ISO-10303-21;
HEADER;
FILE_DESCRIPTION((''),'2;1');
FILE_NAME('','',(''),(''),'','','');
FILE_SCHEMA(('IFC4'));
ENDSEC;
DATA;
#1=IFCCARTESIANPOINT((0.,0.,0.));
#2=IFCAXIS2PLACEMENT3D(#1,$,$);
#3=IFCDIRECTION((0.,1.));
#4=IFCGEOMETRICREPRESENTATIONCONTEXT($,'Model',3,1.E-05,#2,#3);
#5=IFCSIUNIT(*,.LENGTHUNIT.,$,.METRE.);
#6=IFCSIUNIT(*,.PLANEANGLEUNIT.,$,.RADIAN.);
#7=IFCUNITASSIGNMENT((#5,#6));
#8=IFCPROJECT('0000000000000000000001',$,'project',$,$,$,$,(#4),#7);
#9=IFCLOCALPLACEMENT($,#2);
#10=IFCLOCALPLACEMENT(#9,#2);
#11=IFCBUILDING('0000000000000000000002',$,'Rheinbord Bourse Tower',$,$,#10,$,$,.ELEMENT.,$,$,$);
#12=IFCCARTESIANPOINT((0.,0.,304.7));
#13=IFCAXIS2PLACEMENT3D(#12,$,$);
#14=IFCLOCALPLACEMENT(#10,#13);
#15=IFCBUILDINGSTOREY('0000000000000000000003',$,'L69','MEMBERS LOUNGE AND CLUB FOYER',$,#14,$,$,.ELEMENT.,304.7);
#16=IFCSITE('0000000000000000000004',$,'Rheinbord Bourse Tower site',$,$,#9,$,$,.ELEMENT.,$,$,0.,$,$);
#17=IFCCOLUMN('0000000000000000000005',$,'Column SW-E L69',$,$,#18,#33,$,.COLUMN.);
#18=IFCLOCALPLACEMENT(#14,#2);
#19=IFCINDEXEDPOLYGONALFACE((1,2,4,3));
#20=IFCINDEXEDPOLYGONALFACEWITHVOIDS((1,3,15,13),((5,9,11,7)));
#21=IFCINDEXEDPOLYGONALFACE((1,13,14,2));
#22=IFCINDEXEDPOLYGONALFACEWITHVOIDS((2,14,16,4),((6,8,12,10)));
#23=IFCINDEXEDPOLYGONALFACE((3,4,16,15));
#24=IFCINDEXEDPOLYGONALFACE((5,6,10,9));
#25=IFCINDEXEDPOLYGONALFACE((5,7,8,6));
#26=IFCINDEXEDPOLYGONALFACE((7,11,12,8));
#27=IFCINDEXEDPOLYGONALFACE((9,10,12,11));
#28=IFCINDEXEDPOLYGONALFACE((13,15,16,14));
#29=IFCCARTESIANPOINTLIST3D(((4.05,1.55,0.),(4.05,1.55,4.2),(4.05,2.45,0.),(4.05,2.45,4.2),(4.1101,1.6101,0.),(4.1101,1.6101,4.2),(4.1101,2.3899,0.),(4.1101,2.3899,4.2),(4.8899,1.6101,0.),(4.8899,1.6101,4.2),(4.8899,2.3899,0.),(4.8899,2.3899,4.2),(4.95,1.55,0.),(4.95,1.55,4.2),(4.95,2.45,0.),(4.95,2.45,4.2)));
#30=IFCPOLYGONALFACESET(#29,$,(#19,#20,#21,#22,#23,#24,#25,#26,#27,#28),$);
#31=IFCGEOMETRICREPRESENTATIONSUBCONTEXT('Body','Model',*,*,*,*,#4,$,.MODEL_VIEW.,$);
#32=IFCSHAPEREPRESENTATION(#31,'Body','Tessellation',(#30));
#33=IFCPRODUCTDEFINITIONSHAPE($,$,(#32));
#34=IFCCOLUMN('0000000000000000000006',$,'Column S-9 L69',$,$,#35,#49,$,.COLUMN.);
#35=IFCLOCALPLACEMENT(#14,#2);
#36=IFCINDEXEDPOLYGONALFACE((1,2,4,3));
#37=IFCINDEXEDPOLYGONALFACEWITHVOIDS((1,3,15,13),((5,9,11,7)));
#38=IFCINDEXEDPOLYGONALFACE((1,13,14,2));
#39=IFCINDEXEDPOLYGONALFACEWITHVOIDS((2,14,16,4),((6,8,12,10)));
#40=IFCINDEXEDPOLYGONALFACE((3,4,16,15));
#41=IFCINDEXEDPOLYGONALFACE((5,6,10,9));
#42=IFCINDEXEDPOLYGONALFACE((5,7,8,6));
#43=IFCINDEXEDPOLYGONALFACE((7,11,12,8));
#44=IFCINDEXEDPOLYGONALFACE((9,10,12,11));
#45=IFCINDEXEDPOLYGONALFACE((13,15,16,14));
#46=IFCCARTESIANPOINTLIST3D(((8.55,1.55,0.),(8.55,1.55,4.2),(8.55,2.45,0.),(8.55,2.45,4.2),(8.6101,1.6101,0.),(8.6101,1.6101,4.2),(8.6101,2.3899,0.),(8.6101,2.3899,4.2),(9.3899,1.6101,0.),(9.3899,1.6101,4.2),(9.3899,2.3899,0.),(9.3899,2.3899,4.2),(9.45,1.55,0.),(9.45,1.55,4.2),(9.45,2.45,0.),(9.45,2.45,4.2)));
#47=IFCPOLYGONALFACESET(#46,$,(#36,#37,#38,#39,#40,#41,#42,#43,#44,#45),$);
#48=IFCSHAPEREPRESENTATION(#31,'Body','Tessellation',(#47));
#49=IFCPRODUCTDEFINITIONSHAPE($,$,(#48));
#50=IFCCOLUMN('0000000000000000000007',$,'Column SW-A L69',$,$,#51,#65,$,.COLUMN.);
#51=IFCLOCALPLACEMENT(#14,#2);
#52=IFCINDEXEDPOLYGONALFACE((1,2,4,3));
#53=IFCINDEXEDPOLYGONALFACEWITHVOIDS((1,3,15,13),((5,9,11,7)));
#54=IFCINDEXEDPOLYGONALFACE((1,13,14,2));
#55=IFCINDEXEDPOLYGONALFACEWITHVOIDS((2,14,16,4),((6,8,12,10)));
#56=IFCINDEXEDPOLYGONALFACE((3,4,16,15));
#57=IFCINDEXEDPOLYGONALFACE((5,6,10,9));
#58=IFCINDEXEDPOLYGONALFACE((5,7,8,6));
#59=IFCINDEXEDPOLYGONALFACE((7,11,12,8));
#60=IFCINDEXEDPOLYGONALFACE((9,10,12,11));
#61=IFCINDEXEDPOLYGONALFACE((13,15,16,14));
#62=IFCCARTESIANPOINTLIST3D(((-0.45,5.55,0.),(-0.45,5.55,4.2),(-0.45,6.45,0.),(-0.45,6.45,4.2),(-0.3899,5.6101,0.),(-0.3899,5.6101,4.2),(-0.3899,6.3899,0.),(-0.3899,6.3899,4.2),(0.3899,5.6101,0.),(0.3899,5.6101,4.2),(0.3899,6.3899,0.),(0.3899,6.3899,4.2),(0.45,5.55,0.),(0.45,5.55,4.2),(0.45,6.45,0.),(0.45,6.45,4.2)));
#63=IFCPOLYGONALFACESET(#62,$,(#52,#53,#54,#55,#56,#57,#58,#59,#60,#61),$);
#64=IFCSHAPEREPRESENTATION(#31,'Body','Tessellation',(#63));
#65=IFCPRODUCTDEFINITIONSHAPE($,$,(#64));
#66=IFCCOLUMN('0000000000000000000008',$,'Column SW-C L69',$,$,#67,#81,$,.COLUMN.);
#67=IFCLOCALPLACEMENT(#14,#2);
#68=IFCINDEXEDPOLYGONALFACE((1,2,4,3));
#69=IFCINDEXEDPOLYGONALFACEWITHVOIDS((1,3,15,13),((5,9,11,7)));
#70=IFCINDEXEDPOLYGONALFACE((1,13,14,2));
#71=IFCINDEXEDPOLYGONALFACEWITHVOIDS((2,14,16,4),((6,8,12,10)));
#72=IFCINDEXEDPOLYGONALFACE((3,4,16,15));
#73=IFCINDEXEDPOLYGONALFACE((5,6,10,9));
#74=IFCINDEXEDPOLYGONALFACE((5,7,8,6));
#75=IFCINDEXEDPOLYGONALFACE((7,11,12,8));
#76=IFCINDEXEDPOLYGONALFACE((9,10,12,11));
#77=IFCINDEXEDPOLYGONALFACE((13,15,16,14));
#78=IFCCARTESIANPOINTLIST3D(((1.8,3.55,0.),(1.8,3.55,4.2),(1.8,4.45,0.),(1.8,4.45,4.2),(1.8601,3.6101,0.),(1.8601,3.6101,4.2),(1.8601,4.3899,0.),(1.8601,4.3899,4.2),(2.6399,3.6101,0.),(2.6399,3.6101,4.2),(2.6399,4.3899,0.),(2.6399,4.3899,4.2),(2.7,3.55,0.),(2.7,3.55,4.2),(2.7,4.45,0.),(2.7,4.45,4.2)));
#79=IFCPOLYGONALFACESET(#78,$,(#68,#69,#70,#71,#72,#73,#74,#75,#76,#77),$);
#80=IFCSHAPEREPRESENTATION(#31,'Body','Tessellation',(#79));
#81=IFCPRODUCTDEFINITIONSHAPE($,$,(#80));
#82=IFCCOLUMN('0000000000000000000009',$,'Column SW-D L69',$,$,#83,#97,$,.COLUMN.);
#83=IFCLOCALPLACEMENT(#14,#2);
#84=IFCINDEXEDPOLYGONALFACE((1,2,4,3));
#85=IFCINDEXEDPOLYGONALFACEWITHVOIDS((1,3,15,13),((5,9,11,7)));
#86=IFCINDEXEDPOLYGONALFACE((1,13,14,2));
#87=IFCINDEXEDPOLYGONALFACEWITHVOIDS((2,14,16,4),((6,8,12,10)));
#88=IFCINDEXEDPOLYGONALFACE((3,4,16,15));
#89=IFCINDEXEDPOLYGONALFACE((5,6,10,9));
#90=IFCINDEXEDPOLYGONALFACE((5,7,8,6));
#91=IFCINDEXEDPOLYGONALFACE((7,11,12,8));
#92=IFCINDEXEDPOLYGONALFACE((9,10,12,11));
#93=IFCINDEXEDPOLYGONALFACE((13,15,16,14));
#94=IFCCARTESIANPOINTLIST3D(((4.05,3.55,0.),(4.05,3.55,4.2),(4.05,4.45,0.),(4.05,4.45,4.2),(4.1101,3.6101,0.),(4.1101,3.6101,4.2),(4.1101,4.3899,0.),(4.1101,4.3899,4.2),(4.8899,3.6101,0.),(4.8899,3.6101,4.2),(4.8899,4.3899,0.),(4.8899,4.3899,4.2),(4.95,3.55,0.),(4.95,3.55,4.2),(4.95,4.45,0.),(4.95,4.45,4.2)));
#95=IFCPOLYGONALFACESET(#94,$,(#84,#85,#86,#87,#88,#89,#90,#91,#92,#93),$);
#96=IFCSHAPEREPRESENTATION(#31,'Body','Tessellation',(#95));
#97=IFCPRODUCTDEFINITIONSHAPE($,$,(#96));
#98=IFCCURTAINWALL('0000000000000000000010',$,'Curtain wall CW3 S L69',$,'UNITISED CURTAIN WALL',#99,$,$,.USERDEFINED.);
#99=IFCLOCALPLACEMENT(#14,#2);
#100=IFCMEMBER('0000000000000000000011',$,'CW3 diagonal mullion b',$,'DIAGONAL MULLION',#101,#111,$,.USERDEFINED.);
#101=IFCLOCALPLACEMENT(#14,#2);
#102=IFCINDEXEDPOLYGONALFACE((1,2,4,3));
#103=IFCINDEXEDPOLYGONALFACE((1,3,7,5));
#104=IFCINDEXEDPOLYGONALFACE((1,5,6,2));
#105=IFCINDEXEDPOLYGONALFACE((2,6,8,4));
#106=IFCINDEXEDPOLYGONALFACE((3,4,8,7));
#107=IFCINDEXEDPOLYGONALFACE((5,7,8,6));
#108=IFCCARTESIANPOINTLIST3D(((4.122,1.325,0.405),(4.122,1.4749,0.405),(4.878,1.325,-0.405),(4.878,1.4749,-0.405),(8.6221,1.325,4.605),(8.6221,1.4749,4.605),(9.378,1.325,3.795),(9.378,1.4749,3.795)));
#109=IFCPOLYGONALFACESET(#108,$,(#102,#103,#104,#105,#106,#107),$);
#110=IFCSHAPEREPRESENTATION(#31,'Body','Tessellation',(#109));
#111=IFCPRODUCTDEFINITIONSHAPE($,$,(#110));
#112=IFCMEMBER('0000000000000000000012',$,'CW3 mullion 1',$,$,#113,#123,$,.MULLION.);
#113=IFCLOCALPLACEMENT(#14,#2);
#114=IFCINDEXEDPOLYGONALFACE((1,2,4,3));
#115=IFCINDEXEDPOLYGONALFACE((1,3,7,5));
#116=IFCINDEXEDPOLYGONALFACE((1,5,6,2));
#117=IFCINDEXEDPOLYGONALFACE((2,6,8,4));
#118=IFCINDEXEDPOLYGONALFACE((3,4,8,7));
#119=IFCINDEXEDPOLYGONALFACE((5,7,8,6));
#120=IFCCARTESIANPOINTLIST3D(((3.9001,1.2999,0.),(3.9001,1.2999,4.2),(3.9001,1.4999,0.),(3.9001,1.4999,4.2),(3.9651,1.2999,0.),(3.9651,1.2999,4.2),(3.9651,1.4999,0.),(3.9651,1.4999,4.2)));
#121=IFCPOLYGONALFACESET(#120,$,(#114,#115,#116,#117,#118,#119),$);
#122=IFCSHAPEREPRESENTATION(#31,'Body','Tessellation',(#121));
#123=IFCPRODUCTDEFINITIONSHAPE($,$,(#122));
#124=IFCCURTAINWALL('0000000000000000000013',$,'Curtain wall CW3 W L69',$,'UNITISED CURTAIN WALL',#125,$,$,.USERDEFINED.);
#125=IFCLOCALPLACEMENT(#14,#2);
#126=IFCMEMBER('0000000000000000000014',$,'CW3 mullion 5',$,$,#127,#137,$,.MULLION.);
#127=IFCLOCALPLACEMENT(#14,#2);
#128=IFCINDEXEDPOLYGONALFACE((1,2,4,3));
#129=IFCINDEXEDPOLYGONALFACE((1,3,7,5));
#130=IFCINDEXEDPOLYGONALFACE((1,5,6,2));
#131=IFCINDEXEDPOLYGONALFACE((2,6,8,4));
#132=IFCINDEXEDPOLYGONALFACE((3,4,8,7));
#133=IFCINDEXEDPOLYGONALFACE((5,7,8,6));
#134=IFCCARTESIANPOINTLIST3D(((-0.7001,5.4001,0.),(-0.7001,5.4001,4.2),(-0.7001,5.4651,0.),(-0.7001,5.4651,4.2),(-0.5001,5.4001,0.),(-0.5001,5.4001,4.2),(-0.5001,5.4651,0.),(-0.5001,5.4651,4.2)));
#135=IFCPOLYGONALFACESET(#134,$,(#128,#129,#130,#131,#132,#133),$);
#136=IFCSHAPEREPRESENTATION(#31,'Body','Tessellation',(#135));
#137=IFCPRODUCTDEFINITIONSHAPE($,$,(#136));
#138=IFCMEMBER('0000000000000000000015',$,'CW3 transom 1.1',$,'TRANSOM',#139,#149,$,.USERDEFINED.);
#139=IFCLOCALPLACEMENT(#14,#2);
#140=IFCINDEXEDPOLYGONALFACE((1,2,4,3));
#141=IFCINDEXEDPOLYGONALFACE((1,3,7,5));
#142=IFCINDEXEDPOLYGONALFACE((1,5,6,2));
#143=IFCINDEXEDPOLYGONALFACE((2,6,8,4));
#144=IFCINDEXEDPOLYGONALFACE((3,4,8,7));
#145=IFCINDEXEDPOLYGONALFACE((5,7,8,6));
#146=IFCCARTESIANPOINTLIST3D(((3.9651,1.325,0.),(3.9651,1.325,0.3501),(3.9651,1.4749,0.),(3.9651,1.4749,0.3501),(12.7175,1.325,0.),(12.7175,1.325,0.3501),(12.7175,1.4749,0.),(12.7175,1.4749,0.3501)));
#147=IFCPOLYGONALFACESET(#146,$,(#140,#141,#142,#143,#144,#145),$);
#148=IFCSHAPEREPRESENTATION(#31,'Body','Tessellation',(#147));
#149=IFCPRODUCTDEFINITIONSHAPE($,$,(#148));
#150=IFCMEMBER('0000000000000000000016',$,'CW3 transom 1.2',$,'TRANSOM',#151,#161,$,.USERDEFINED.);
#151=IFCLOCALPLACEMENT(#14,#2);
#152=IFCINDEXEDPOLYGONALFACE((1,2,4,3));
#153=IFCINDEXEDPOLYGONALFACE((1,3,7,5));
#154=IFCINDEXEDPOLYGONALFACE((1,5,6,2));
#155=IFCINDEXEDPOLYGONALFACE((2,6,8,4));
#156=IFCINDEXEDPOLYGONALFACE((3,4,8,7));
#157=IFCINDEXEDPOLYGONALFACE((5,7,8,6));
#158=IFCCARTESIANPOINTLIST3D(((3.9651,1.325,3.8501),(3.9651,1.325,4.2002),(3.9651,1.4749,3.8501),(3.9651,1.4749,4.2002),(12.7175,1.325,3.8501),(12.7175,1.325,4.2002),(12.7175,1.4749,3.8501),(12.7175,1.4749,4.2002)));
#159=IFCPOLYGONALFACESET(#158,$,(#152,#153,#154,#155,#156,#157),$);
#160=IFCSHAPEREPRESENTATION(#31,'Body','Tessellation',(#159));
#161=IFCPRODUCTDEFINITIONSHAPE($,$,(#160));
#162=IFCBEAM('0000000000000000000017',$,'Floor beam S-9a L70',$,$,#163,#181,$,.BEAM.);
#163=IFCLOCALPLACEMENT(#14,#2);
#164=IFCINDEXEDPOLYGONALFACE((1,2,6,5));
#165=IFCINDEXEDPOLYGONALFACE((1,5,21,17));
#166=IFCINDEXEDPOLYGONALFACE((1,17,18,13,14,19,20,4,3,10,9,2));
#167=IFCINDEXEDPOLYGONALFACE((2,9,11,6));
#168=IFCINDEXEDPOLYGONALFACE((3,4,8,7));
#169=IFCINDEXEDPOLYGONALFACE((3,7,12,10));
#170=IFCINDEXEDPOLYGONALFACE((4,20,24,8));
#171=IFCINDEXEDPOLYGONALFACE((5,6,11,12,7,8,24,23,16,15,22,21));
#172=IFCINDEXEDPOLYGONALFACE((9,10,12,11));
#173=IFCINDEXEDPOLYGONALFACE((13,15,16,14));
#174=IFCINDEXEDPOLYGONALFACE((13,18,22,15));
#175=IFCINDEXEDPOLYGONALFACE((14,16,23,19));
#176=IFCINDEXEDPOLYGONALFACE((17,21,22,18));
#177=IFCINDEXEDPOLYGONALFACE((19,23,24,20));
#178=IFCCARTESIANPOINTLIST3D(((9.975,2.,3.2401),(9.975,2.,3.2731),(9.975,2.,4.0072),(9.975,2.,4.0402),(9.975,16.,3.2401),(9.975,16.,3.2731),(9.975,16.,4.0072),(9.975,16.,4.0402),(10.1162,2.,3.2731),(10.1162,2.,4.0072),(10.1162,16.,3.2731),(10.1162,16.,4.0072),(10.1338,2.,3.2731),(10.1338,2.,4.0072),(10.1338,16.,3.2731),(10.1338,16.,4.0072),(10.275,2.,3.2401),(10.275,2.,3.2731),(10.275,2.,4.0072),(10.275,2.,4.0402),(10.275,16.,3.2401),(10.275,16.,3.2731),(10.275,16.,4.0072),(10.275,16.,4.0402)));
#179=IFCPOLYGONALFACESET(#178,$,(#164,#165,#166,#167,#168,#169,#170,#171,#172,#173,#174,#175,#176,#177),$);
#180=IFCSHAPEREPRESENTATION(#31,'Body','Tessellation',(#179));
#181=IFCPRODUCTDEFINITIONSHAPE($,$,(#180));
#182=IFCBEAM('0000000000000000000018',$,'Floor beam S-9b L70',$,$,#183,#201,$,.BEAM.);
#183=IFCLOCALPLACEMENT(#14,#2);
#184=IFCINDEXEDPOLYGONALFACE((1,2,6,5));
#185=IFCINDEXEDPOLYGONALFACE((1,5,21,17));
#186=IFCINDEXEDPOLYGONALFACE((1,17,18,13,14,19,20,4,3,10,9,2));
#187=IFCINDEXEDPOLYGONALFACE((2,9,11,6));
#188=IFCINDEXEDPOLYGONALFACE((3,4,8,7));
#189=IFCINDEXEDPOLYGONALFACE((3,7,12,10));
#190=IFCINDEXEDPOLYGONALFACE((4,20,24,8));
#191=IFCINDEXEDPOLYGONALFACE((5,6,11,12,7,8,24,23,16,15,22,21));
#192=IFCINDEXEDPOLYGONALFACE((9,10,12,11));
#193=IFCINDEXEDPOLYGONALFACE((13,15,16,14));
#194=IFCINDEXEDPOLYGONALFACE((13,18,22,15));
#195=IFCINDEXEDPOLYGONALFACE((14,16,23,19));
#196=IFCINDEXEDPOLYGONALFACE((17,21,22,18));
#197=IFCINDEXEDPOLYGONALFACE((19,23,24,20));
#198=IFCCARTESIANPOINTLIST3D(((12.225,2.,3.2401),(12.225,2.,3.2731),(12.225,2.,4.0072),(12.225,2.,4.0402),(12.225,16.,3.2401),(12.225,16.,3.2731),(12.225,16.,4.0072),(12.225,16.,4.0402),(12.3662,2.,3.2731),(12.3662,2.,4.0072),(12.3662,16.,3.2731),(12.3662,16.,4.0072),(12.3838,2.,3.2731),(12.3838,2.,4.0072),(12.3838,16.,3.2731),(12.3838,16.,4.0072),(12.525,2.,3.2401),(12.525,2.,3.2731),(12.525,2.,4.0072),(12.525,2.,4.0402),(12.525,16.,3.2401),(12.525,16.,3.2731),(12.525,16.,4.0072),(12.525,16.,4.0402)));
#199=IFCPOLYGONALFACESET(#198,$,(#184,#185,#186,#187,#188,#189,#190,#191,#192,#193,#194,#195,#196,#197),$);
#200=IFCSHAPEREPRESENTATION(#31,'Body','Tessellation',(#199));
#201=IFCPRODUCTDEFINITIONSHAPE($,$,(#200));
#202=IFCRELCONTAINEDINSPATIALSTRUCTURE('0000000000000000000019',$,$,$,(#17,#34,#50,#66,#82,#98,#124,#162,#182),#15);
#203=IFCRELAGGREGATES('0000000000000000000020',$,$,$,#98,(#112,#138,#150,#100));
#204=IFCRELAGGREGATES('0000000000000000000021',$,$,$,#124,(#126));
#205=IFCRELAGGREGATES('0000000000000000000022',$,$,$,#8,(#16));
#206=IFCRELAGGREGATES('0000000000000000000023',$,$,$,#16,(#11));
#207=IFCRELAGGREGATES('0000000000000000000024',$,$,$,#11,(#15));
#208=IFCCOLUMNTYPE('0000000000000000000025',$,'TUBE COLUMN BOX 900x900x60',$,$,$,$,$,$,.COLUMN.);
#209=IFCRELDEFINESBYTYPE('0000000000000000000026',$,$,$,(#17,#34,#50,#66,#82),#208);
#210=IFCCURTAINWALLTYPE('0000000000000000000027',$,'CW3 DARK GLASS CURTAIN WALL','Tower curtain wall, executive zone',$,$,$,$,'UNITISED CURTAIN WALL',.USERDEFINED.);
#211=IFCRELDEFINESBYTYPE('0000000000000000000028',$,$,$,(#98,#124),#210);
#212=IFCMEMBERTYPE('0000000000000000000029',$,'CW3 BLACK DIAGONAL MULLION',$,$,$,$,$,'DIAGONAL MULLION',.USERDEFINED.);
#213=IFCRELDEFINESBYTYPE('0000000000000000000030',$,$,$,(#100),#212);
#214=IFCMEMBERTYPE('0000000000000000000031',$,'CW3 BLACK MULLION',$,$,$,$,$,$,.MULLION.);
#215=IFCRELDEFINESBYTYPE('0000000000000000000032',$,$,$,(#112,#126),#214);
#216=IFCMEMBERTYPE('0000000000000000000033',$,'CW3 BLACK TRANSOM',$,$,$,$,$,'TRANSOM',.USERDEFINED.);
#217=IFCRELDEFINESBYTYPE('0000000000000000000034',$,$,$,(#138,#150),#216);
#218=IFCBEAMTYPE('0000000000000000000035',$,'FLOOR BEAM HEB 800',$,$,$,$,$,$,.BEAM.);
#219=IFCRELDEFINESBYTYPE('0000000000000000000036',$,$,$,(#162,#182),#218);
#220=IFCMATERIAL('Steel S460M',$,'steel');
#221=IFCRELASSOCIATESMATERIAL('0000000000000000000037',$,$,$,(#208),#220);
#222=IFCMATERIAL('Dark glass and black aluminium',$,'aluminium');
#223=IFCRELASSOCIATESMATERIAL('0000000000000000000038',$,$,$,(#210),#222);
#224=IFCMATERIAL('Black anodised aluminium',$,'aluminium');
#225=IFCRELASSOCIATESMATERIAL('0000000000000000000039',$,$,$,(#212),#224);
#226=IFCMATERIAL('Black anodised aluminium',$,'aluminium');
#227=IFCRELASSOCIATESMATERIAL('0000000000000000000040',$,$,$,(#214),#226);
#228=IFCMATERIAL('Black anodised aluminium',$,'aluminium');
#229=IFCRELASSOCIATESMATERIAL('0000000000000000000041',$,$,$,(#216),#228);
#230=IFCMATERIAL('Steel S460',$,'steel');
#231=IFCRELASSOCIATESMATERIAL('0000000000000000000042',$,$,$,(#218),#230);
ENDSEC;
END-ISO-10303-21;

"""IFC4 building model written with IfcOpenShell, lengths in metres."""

from ifc_helpers import new_model, si_unit, direction, frame, origin, origin_2d, place, context, subcontext, project, spatial, rectangle, hollow_rectangle, i_section, extrude, material, material_profile, profile_set, type_object, element, aggregate, save


model = new_model("IFC4")

# Units and contexts
model_context = context("Model", 3, precision=1e-05, world=origin(), true_north=direction((0.0, 1.0)))
body_context = subcontext(model_context, "Body", "Model", "MODEL_VIEW")
ifc_project = project(units=[si_unit("LENGTHUNIT", "METRE"), si_unit("PLANEANGLEUNIT", "RADIAN")], contexts=[model_context])

# Site, building, storey
site_placement = place(None, origin())
site = spatial("IfcSite", under=ifc_project, at=site_placement, Name="Rheinbord Bourse Tower site", CompositionType="ELEMENT", RefElevation=0.0)
building_placement = place(site_placement, origin())
building = spatial("IfcBuilding", under=site, at=building_placement, Name="Rheinbord Bourse Tower", CompositionType="ELEMENT")
storey_placement = place(building_placement, frame((0.0, 0.0, 304.7)))
storey = spatial("IfcBuildingStorey", under=building, at=storey_placement, Name="L69", Description="MEMBERS LOUNGE AND CLUB FOYER", CompositionType="ELEMENT", Elevation=304.7)

# Columns
ifc_material_1 = material(Name="Steel S460M", Category="steel")
ifc_material_profile_1 = material_profile(ifc_material_1, hollow_rectangle(XDim=0.8999, YDim=0.8999, WallThickness=0.0601, at=origin_2d()), Name="BOX 900x900x60")
ifc_profile_set_1 = profile_set([ifc_material_profile_1], Name="Steel S460M")
column_type = type_object("IfcColumnType", Name="TUBE COLUMN BOX 900x900x60", PredefinedType="COLUMN", material=ifc_profile_set_1)
for number, where, z_axis, x_axis, name in (
    (1, (4.5, 2.0, 0.0), (0.0, 0.0, 1.0), (0.0, 1.0, 0.0), "Column SW-E L69"),
    (2, (9.0, 2.0, 0.0), (0.0, 0.0, 1.0), (0.0, 1.0, 0.0), "Column S-9 L69"),
    (3, (0.0, 6.0, 0.0), (0.0, 0.0, 1.0), (1.0, 0.0, 0.0), "Column SW-A L69"),
    (4, (2.25, 4.0, 0.0), (0.0, 0.0, 1.0), (1.0, 0.0, 0.0), "Column SW-C L69"),
    (5, (4.5, 4.0, 0.0), (0.0, 0.0, 1.0), (0.0, 1.0, 0.0), "Column SW-D L69"),
):
    element("IfcColumn", number, at=place(storey_placement, frame(where, z_axis=z_axis, x_axis=x_axis)), inside=storey, type_object=column_type, Name=name, PredefinedType="COLUMN", context=body_context, shape_type="SweptSolid", body=[
        extrude(hollow_rectangle(XDim=0.8999, YDim=0.8999, WallThickness=0.0601, at=origin_2d()), origin(), (0.0, 0.0, 1.0), 4.2),
    ])

# Curtain wall, members
ifc_material_2 = material(Name="Dark glass and black aluminium", Category="aluminium")
curtain_wall_type = type_object("IfcCurtainWallType", Name="CW3 DARK GLASS CURTAIN WALL", Description="Tower curtain wall, executive zone", ElementType="UNITISED CURTAIN WALL", PredefinedType="USERDEFINED", material=ifc_material_2)
curtain_wall_1_placement = place(storey_placement, origin())
curtain_wall_1 = element("IfcCurtainWall", 6, at=curtain_wall_1_placement, inside=storey, type_object=curtain_wall_type, Name="Curtain wall CW3 S L69", ObjectType="UNITISED CURTAIN WALL", PredefinedType="USERDEFINED")
ifc_material_3 = material(Name="Black anodised aluminium", Category="aluminium")
ifc_material_profile_2 = material_profile(ifc_material_3, rectangle(XDim=0.1499, YDim=1.1079, at=origin_2d()), Name="CW3 DIAGONAL MULLION 1108x150")
ifc_profile_set_2 = profile_set([ifc_material_profile_2], Name="Black anodised aluminium")
member_type_1 = type_object("IfcMemberType", Name="CW3 BLACK DIAGONAL MULLION", ElementType="DIAGONAL MULLION", PredefinedType="USERDEFINED", material=ifc_profile_set_2)
member_1_placement = place(storey_placement, frame((4.5, 1.3999, 0.0), z_axis=(0.731059, 0.0, 0.682314), x_axis=(0.0, 1.0, 0.0)))
member_1 = element("IfcMember", 7, at=member_1_placement, type_object=member_type_1, Name="CW3 diagonal mullion b", ObjectType="DIAGONAL MULLION", PredefinedType="USERDEFINED", context=body_context, shape_type="SweptSolid", body=[
    extrude(rectangle(XDim=0.1499, YDim=1.1079, at=origin_2d()), origin(), (0.0, 0.0, 1.0), 6.1555),
])
ifc_material_4 = material(Name="Black anodised aluminium", Category="aluminium")
ifc_material_profile_3 = material_profile(ifc_material_4, rectangle(XDim=0.2, YDim=0.0649, at=origin_2d()), Name="CW3 MULLION 65x200")
ifc_profile_set_3 = profile_set([ifc_material_profile_3], Name="Black anodised aluminium")
member_type_2 = type_object("IfcMemberType", Name="CW3 BLACK MULLION", PredefinedType="MULLION", material=ifc_profile_set_3)
member_2_placement = place(storey_placement, frame((3.9326, 1.3999, 0.0), z_axis=(0.0, 0.0, 1.0), x_axis=(0.0, 1.0, 0.0)))
member_2 = element("IfcMember", 8, at=member_2_placement, type_object=member_type_2, Name="CW3 mullion 1", PredefinedType="MULLION", context=body_context, shape_type="SweptSolid", body=[
    extrude(rectangle(XDim=0.2, YDim=0.0649, at=origin_2d()), origin(), (0.0, 0.0, 1.0), 4.2),
])

# Curtain wall, member
curtain_wall_2_placement = place(storey_placement, origin())
curtain_wall_2 = element("IfcCurtainWall", 9, at=curtain_wall_2_placement, inside=storey, type_object=curtain_wall_type, Name="Curtain wall CW3 W L69", ObjectType="UNITISED CURTAIN WALL", PredefinedType="USERDEFINED")
member_3_placement = place(storey_placement, frame((-0.6001, 5.4326, 0.0), z_axis=(0.0, 0.0, 1.0), x_axis=(1.0, 0.0, 0.0)))
member_3 = element("IfcMember", 10, at=member_3_placement, type_object=member_type_2, Name="CW3 mullion 5", PredefinedType="MULLION", context=body_context, shape_type="SweptSolid", body=[
    extrude(rectangle(XDim=0.2, YDim=0.0649, at=origin_2d()), origin(), (0.0, 0.0, 1.0), 4.2),
])

# Members
ifc_material_5 = material(Name="Black anodised aluminium", Category="aluminium")
ifc_material_profile_4 = material_profile(ifc_material_5, rectangle(XDim=0.1499, YDim=0.3501, at=origin_2d()), Name="CW3 TRANSOM 350x150")
ifc_profile_set_4 = profile_set([ifc_material_profile_4], Name="Black anodised aluminium")
member_type_3 = type_object("IfcMemberType", Name="CW3 BLACK TRANSOM", ElementType="TRANSOM", PredefinedType="USERDEFINED", material=ifc_profile_set_4)
member_4_placement = place(storey_placement, frame((3.9651, 1.3999, 0.175), z_axis=(1.0, 0.0, 0.0), x_axis=(0.0, 1.0, 0.0)))
member_4 = element("IfcMember", 11, at=member_4_placement, type_object=member_type_3, Name="CW3 transom 1.1", ObjectType="TRANSOM", PredefinedType="USERDEFINED", context=body_context, shape_type="SweptSolid", body=[
    extrude(rectangle(XDim=0.1499, YDim=0.3501, at=origin_2d()), origin(), (0.0, 0.0, 1.0), 8.7524),
])
member_5_placement = place(storey_placement, frame((3.9651, 1.3999, 4.0251), z_axis=(1.0, 0.0, 0.0), x_axis=(0.0, 1.0, 0.0)))
member_5 = element("IfcMember", 12, at=member_5_placement, type_object=member_type_3, Name="CW3 transom 1.2", ObjectType="TRANSOM", PredefinedType="USERDEFINED", context=body_context, shape_type="SweptSolid", body=[
    extrude(rectangle(XDim=0.1499, YDim=0.3501, at=origin_2d()), origin(), (0.0, 0.0, 1.0), 8.7524),
])

# Beams
ifc_material_6 = material(Name="Steel S460", Category="steel")
ifc_material_profile_5 = material_profile(ifc_material_6, i_section(OverallWidth=0.3, OverallDepth=0.8, WebThickness=0.0176, FlangeThickness=0.033, at=origin_2d()), Name="HEB 800")
ifc_profile_set_5 = profile_set([ifc_material_profile_5], Name="Steel S460")
beam_type_1 = type_object("IfcBeamType", Name="FLOOR BEAM HEB 800", PredefinedType="BEAM", material=ifc_profile_set_5)
for number, where, z_axis, x_axis, name in (
    (13, (10.125, 2.0, 3.6401), (0.0, 1.0, 0.0), (-1.0, 0.0, 0.0), "Floor beam S-9a L70"),
    (14, (12.375, 2.0, 3.6401), (0.0, 1.0, 0.0), (-1.0, 0.0, 0.0), "Floor beam S-9b L70"),
):
    element("IfcBeam", number, at=place(storey_placement, frame(where, z_axis=z_axis, x_axis=x_axis)), inside=storey, type_object=beam_type_1, Name=name, PredefinedType="BEAM", context=body_context, shape_type="SweptSolid", body=[
        extrude(i_section(OverallWidth=0.3, OverallDepth=0.8, WebThickness=0.0176, FlangeThickness=0.033, at=origin_2d()), origin(), (0.0, 0.0, 1.0), 14.0),
    ])

aggregate(curtain_wall_1, [member_2, member_4, member_5, member_1])
aggregate(curtain_wall_2, [member_3])

save(model, "model.ifc")
